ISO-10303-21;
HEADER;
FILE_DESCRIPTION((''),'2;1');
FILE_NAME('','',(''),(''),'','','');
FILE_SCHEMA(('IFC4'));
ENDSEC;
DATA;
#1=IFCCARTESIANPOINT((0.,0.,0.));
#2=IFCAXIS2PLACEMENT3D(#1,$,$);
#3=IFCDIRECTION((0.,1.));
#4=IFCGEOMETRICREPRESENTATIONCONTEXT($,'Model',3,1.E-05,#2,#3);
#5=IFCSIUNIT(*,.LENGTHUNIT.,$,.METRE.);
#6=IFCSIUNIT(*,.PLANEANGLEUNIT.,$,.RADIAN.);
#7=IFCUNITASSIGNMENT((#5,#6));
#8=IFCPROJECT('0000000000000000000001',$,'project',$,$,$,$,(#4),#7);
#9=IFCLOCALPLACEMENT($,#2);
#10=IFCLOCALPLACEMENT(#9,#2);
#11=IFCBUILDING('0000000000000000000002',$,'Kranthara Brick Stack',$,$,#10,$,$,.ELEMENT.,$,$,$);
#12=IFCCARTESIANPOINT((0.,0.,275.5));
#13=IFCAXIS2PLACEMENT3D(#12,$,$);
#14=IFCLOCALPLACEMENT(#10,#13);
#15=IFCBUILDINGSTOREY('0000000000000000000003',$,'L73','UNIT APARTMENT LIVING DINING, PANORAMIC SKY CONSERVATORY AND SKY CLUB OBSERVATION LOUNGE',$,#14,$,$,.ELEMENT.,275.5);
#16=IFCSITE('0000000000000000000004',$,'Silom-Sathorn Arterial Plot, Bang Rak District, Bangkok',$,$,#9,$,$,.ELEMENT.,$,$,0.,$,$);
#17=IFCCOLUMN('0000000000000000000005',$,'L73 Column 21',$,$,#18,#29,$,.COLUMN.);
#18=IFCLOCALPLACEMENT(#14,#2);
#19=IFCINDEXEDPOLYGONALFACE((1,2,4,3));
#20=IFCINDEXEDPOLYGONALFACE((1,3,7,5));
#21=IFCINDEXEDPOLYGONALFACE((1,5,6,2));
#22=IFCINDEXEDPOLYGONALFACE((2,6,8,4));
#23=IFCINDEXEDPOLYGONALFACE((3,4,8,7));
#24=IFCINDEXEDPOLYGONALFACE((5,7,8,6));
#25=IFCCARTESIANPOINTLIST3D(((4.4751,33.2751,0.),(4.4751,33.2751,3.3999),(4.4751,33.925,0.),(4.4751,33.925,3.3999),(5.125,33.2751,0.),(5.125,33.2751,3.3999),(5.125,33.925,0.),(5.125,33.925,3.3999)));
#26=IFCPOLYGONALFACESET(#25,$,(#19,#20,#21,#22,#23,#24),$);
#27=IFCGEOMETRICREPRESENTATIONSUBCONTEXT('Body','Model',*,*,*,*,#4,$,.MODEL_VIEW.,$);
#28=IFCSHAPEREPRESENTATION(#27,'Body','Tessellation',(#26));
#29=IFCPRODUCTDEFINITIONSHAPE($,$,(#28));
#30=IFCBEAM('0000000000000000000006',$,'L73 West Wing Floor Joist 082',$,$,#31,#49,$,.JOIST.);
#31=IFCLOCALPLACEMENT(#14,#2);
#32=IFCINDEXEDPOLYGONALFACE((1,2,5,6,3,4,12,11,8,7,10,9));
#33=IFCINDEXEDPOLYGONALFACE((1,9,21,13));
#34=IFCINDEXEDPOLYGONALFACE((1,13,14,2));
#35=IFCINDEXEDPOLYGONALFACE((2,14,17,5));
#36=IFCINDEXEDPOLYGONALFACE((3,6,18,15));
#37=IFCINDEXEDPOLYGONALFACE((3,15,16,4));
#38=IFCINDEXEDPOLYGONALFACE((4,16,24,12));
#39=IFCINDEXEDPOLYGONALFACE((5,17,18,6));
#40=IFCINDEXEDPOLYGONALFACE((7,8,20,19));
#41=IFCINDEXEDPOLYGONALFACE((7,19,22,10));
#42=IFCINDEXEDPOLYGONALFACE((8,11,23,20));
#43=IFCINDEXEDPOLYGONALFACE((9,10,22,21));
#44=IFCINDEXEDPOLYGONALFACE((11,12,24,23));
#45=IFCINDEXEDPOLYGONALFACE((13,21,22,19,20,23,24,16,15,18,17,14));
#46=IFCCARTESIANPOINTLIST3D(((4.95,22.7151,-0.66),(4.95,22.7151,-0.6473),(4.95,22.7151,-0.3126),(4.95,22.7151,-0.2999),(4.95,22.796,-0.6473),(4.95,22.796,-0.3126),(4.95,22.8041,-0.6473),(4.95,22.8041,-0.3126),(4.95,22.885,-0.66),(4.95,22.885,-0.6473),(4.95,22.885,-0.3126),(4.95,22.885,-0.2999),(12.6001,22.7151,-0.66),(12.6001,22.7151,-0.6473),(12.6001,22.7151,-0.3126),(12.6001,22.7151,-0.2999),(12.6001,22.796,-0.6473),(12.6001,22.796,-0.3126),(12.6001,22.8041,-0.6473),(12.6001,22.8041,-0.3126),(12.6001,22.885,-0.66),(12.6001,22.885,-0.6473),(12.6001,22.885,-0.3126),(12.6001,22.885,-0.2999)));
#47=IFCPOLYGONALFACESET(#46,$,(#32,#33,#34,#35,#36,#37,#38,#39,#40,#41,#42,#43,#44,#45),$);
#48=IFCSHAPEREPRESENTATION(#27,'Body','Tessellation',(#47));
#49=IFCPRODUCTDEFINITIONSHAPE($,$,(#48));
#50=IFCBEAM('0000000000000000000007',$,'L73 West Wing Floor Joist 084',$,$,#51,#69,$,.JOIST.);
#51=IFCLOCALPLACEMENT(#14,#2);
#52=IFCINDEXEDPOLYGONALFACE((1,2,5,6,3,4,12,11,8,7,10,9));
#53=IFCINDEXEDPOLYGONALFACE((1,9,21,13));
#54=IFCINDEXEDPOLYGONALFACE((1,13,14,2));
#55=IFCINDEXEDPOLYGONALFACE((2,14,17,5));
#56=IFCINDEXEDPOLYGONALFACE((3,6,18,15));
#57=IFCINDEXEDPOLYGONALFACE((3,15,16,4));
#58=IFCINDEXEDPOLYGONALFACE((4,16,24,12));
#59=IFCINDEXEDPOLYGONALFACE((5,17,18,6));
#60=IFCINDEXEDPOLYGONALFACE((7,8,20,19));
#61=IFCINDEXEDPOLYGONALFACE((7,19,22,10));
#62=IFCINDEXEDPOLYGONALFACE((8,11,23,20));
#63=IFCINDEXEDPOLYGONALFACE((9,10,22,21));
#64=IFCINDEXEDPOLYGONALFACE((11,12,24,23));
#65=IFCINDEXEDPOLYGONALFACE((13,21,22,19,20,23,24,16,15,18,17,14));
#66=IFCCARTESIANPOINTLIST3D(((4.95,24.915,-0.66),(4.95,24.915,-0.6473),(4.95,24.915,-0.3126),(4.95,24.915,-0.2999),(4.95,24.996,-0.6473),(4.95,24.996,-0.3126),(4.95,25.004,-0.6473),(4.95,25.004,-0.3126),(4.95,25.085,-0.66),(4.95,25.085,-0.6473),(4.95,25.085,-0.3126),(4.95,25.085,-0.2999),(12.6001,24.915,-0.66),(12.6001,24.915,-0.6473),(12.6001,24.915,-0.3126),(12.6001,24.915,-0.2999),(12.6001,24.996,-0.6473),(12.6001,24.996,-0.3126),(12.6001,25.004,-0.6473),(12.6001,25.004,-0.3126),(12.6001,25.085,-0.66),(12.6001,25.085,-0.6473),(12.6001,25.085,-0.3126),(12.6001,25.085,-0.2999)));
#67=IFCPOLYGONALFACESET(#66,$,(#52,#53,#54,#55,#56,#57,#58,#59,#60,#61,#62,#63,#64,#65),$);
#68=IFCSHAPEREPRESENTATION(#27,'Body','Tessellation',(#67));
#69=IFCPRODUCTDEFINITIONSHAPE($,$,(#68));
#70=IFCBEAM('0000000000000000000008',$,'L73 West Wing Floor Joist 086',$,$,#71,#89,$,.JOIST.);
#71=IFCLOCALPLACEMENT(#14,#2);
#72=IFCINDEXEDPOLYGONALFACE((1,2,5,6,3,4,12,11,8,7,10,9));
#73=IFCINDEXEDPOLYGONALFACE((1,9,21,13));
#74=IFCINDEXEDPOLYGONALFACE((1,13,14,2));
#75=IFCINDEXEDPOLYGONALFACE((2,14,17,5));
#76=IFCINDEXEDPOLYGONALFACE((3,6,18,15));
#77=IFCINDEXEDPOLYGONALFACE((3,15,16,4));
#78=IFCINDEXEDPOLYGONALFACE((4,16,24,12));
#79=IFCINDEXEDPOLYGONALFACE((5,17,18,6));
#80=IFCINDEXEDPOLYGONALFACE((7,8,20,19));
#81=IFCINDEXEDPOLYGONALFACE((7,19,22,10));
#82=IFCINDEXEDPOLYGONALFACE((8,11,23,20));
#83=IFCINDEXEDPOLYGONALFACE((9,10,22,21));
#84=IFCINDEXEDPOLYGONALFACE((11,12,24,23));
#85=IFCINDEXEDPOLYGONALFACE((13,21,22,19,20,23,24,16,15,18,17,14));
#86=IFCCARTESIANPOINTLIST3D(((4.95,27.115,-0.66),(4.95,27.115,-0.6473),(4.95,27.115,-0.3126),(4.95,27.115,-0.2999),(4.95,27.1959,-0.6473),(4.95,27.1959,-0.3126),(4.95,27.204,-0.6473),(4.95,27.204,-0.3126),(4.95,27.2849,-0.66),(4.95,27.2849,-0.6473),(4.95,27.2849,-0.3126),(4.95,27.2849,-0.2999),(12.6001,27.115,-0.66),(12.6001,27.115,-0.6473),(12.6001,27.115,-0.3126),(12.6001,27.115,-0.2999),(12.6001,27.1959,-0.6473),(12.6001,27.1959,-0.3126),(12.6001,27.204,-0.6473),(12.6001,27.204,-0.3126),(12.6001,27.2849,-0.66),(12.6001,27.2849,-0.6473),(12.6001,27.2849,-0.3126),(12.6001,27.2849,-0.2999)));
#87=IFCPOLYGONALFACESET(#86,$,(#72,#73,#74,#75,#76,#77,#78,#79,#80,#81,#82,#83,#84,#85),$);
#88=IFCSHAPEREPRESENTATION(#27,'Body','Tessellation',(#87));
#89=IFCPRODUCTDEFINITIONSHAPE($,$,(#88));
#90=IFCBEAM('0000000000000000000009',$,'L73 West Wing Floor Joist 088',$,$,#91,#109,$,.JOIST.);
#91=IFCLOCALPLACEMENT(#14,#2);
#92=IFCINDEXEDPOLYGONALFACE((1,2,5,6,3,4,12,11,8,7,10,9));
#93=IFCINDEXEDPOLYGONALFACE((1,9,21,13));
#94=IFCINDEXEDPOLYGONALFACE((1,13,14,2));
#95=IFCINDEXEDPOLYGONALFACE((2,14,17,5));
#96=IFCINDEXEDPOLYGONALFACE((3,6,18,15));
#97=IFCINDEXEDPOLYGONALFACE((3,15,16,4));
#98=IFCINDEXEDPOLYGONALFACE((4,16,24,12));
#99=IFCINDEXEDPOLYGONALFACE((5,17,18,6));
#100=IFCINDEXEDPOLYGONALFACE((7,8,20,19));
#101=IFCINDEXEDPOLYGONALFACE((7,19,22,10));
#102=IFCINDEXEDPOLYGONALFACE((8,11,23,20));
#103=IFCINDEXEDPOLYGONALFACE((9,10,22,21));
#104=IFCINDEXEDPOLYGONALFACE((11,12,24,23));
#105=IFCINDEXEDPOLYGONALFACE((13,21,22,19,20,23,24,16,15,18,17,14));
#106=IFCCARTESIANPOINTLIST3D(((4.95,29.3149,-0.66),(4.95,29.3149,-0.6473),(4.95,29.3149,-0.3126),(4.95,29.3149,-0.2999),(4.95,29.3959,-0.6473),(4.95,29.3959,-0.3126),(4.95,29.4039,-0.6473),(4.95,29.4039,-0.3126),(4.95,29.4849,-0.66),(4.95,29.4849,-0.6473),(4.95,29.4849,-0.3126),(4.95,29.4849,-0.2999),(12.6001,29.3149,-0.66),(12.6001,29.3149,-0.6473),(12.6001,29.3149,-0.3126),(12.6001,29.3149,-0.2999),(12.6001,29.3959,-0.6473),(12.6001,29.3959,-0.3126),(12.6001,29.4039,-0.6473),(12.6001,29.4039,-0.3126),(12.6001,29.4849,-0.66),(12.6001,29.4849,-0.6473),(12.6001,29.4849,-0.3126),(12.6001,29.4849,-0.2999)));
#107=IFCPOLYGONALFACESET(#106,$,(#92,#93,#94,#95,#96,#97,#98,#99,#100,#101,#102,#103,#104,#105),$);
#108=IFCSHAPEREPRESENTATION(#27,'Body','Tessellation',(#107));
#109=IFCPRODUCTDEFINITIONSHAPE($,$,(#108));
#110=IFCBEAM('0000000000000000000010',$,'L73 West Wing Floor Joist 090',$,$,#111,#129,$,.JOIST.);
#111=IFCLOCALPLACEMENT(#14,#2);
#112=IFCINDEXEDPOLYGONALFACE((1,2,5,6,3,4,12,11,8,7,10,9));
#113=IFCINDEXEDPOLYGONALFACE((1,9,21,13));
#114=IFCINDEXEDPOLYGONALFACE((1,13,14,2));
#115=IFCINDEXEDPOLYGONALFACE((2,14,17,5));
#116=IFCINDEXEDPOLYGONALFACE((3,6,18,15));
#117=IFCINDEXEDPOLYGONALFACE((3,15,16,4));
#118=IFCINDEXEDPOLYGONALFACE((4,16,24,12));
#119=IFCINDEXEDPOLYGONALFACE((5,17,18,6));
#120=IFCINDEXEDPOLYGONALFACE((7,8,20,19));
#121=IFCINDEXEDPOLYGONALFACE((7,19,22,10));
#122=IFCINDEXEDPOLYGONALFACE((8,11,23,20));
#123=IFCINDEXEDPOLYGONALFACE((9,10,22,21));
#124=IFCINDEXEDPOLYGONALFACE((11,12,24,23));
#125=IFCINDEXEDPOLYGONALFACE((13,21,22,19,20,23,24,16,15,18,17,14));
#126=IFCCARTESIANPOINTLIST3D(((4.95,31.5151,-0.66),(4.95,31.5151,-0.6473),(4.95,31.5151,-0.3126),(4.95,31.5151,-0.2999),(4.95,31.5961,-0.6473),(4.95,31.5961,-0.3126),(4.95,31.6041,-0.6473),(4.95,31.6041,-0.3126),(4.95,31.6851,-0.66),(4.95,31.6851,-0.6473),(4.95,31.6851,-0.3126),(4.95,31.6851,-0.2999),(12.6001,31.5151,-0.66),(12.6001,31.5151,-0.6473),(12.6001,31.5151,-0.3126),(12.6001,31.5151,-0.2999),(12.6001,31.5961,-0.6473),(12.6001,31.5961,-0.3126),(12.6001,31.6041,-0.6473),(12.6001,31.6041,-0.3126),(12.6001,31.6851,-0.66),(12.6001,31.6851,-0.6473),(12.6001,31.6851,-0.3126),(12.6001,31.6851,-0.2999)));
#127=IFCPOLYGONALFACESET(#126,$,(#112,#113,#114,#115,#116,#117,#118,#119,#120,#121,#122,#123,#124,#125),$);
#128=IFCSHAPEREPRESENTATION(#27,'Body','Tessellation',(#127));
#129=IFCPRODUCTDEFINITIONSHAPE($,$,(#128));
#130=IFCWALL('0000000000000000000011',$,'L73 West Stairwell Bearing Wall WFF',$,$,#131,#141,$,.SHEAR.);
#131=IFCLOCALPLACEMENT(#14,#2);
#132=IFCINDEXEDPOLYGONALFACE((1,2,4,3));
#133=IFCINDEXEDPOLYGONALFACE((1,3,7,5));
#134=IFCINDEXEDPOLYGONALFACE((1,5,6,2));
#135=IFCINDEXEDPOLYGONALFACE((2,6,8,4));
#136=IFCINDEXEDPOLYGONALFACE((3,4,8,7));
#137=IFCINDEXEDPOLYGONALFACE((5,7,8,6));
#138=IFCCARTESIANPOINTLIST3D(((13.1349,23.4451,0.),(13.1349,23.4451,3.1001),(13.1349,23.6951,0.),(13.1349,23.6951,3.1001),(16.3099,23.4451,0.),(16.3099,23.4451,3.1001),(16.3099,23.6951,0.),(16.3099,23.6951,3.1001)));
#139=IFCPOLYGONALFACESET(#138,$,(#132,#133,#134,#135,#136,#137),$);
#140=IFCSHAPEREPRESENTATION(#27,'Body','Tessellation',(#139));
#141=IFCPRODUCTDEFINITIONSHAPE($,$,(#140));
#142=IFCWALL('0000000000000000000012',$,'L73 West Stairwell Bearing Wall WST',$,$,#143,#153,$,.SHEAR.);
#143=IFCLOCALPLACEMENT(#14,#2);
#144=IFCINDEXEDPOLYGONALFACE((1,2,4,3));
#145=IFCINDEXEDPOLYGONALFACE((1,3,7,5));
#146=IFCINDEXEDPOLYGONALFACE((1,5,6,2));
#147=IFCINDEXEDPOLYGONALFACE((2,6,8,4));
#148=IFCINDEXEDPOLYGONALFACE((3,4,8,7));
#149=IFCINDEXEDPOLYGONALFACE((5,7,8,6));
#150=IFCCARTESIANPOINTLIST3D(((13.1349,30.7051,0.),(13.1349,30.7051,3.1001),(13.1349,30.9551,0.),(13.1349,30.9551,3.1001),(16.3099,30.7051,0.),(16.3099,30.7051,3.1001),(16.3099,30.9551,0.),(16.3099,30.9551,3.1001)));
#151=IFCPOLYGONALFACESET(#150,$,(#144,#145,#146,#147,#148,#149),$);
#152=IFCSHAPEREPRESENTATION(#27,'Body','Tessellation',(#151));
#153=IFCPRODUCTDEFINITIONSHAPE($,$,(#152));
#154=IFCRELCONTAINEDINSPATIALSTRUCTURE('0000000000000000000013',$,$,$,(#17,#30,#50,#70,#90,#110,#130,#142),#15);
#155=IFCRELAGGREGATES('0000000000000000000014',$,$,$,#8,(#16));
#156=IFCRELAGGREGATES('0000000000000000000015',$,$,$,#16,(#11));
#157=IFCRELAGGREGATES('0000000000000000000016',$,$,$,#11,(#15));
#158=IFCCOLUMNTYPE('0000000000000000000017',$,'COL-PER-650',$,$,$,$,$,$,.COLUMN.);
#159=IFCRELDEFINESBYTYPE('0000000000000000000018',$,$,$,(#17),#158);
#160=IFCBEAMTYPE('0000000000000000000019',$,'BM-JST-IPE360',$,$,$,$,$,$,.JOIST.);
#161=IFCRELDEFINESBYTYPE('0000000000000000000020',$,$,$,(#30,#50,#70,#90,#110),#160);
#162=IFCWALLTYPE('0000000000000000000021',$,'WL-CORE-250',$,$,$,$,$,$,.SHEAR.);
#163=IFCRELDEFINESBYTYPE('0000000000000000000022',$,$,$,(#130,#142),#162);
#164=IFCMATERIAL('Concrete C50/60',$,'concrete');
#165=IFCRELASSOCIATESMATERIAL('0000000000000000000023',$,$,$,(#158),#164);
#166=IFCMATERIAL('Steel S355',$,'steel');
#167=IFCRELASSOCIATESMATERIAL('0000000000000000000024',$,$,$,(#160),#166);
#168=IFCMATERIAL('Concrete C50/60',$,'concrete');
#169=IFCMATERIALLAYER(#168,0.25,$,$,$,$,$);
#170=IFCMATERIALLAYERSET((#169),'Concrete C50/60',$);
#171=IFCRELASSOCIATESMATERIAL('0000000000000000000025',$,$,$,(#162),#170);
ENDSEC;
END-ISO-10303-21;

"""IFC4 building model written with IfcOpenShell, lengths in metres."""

from ifc_helpers import new_model, si_unit, direction, frame, frame_2d, origin, origin_2d, place, context, subcontext, project, spatial, rectangle, i_section, extrude, material, layer, layer_set, material_profile, profile_set, type_object, element, save


model = new_model("IFC4")

# Units and contexts
model_context = context("Model", 3, precision=1e-05, world=origin(), true_north=direction((0.0, 1.0)))
body_context = subcontext(model_context, "Body", "Model", "MODEL_VIEW")
ifc_project = project(units=[si_unit("LENGTHUNIT", "METRE"), si_unit("PLANEANGLEUNIT", "RADIAN")], contexts=[model_context])

# Site, building, storey
site_placement = place(None, origin())
site = spatial("IfcSite", under=ifc_project, at=site_placement, Name="Silom-Sathorn Arterial Plot, Bang Rak District, Bangkok", CompositionType="ELEMENT", RefElevation=0.0)
building_placement = place(site_placement, origin())
building = spatial("IfcBuilding", under=site, at=building_placement, Name="Kranthara Brick Stack", CompositionType="ELEMENT")
storey_placement = place(building_placement, frame((0.0, 0.0, 275.5)))
storey = spatial("IfcBuildingStorey", under=building, at=storey_placement, Name="L73", Description="UNIT APARTMENT LIVING DINING, PANORAMIC SKY CONSERVATORY AND SKY CLUB OBSERVATION LOUNGE", CompositionType="ELEMENT", Elevation=275.5)

# Column
ifc_material_1 = material(Name="Concrete C50/60", Category="concrete")
ifc_material_profile_1 = material_profile(ifc_material_1, rectangle(XDim=0.6499, YDim=0.6499, at=origin_2d()), Name="RC 650x650")
ifc_profile_set_1 = profile_set([ifc_material_profile_1], Name="Concrete C50/60")
column_type = type_object("IfcColumnType", Name="COL-PER-650", PredefinedType="COLUMN", material=ifc_profile_set_1)
column_placement = place(storey_placement, frame((4.8, 33.6001, 0.0), z_axis=(0.0, 0.0, 1.0), x_axis=(1.0, 0.0, 0.0)))
element("IfcColumn", 1, at=column_placement, inside=storey, type_object=column_type, Name="L73 Column 21", PredefinedType="COLUMN", context=body_context, shape_type="SweptSolid", body=[
    extrude(rectangle(XDim=0.6499, YDim=0.6499, at=origin_2d()), origin(), (0.0, 0.0, 1.0), 3.3999),
])

# Beams
ifc_material_2 = material(Name="Steel S355", Category="steel")
ifc_material_profile_2 = material_profile(ifc_material_2, i_section(OverallWidth=0.1699, OverallDepth=0.3601, WebThickness=0.0081, FlangeThickness=0.0127, at=origin_2d()), Name="IPE 360")
ifc_profile_set_2 = profile_set([ifc_material_profile_2], Name="Steel S355")
beam_type = type_object("IfcBeamType", Name="BM-JST-IPE360", PredefinedType="JOIST", material=ifc_profile_set_2)
for number, where, z_axis, x_axis, name in (
    (2, (4.95, 22.8, -0.48), (1.0, 0.0, 0.0), (0.0, 1.0, 0.0), "L73 West Wing Floor Joist 082"),
    (3, (4.95, 25.0, -0.48), (1.0, 0.0, 0.0), (0.0, 1.0, 0.0), "L73 West Wing Floor Joist 084"),
    (4, (4.95, 27.2, -0.48), (1.0, 0.0, 0.0), (0.0, 1.0, 0.0), "L73 West Wing Floor Joist 086"),
    (5, (4.95, 29.3999, -0.48), (1.0, 0.0, 0.0), (0.0, 1.0, 0.0), "L73 West Wing Floor Joist 088"),
    (6, (4.95, 31.6001, -0.48), (1.0, 0.0, 0.0), (0.0, 1.0, 0.0), "L73 West Wing Floor Joist 090"),
):
    element("IfcBeam", number, at=place(storey_placement, frame(where, z_axis=z_axis, x_axis=x_axis)), inside=storey, type_object=beam_type, Name=name, PredefinedType="JOIST", context=body_context, shape_type="SweptSolid", body=[
        extrude(i_section(OverallWidth=0.1699, OverallDepth=0.3601, WebThickness=0.0081, FlangeThickness=0.0127, at=origin_2d()), origin(), (0.0, 0.0, 1.0), 7.6501),
    ])

# Walls
ifc_material_3 = material(Name="Concrete C50/60", Category="concrete")
ifc_layer_1 = layer(ifc_material_3, 0.25)
ifc_layer_set_1 = layer_set([ifc_layer_1], Name="Concrete C50/60")
wall_type_1 = type_object("IfcWallType", Name="WL-CORE-250", PredefinedType="SHEAR", material=ifc_layer_set_1)
for number, where, z_axis, x_axis, name in (
    (7, (13.135, 23.5701, 0.0), (0.0, 0.0, 1.0), (1.0, 0.0, 0.0), "L73 West Stairwell Bearing Wall WFF"),
    (8, (13.135, 30.8301, 0.0), (0.0, 0.0, 1.0), (1.0, 0.0, 0.0), "L73 West Stairwell Bearing Wall WST"),
):
    element("IfcWall", number, at=place(storey_placement, frame(where, z_axis=z_axis, x_axis=x_axis)), inside=storey, type_object=wall_type_1, Name=name, PredefinedType="SHEAR", context=body_context, shape_type="SweptSolid", body=[
        extrude(rectangle(XDim=3.175, YDim=0.25, at=frame_2d((1.5874, 0.0))), origin(), (0.0, 0.0, 1.0), 3.1001),
    ])

save(model, "model.ifc")
